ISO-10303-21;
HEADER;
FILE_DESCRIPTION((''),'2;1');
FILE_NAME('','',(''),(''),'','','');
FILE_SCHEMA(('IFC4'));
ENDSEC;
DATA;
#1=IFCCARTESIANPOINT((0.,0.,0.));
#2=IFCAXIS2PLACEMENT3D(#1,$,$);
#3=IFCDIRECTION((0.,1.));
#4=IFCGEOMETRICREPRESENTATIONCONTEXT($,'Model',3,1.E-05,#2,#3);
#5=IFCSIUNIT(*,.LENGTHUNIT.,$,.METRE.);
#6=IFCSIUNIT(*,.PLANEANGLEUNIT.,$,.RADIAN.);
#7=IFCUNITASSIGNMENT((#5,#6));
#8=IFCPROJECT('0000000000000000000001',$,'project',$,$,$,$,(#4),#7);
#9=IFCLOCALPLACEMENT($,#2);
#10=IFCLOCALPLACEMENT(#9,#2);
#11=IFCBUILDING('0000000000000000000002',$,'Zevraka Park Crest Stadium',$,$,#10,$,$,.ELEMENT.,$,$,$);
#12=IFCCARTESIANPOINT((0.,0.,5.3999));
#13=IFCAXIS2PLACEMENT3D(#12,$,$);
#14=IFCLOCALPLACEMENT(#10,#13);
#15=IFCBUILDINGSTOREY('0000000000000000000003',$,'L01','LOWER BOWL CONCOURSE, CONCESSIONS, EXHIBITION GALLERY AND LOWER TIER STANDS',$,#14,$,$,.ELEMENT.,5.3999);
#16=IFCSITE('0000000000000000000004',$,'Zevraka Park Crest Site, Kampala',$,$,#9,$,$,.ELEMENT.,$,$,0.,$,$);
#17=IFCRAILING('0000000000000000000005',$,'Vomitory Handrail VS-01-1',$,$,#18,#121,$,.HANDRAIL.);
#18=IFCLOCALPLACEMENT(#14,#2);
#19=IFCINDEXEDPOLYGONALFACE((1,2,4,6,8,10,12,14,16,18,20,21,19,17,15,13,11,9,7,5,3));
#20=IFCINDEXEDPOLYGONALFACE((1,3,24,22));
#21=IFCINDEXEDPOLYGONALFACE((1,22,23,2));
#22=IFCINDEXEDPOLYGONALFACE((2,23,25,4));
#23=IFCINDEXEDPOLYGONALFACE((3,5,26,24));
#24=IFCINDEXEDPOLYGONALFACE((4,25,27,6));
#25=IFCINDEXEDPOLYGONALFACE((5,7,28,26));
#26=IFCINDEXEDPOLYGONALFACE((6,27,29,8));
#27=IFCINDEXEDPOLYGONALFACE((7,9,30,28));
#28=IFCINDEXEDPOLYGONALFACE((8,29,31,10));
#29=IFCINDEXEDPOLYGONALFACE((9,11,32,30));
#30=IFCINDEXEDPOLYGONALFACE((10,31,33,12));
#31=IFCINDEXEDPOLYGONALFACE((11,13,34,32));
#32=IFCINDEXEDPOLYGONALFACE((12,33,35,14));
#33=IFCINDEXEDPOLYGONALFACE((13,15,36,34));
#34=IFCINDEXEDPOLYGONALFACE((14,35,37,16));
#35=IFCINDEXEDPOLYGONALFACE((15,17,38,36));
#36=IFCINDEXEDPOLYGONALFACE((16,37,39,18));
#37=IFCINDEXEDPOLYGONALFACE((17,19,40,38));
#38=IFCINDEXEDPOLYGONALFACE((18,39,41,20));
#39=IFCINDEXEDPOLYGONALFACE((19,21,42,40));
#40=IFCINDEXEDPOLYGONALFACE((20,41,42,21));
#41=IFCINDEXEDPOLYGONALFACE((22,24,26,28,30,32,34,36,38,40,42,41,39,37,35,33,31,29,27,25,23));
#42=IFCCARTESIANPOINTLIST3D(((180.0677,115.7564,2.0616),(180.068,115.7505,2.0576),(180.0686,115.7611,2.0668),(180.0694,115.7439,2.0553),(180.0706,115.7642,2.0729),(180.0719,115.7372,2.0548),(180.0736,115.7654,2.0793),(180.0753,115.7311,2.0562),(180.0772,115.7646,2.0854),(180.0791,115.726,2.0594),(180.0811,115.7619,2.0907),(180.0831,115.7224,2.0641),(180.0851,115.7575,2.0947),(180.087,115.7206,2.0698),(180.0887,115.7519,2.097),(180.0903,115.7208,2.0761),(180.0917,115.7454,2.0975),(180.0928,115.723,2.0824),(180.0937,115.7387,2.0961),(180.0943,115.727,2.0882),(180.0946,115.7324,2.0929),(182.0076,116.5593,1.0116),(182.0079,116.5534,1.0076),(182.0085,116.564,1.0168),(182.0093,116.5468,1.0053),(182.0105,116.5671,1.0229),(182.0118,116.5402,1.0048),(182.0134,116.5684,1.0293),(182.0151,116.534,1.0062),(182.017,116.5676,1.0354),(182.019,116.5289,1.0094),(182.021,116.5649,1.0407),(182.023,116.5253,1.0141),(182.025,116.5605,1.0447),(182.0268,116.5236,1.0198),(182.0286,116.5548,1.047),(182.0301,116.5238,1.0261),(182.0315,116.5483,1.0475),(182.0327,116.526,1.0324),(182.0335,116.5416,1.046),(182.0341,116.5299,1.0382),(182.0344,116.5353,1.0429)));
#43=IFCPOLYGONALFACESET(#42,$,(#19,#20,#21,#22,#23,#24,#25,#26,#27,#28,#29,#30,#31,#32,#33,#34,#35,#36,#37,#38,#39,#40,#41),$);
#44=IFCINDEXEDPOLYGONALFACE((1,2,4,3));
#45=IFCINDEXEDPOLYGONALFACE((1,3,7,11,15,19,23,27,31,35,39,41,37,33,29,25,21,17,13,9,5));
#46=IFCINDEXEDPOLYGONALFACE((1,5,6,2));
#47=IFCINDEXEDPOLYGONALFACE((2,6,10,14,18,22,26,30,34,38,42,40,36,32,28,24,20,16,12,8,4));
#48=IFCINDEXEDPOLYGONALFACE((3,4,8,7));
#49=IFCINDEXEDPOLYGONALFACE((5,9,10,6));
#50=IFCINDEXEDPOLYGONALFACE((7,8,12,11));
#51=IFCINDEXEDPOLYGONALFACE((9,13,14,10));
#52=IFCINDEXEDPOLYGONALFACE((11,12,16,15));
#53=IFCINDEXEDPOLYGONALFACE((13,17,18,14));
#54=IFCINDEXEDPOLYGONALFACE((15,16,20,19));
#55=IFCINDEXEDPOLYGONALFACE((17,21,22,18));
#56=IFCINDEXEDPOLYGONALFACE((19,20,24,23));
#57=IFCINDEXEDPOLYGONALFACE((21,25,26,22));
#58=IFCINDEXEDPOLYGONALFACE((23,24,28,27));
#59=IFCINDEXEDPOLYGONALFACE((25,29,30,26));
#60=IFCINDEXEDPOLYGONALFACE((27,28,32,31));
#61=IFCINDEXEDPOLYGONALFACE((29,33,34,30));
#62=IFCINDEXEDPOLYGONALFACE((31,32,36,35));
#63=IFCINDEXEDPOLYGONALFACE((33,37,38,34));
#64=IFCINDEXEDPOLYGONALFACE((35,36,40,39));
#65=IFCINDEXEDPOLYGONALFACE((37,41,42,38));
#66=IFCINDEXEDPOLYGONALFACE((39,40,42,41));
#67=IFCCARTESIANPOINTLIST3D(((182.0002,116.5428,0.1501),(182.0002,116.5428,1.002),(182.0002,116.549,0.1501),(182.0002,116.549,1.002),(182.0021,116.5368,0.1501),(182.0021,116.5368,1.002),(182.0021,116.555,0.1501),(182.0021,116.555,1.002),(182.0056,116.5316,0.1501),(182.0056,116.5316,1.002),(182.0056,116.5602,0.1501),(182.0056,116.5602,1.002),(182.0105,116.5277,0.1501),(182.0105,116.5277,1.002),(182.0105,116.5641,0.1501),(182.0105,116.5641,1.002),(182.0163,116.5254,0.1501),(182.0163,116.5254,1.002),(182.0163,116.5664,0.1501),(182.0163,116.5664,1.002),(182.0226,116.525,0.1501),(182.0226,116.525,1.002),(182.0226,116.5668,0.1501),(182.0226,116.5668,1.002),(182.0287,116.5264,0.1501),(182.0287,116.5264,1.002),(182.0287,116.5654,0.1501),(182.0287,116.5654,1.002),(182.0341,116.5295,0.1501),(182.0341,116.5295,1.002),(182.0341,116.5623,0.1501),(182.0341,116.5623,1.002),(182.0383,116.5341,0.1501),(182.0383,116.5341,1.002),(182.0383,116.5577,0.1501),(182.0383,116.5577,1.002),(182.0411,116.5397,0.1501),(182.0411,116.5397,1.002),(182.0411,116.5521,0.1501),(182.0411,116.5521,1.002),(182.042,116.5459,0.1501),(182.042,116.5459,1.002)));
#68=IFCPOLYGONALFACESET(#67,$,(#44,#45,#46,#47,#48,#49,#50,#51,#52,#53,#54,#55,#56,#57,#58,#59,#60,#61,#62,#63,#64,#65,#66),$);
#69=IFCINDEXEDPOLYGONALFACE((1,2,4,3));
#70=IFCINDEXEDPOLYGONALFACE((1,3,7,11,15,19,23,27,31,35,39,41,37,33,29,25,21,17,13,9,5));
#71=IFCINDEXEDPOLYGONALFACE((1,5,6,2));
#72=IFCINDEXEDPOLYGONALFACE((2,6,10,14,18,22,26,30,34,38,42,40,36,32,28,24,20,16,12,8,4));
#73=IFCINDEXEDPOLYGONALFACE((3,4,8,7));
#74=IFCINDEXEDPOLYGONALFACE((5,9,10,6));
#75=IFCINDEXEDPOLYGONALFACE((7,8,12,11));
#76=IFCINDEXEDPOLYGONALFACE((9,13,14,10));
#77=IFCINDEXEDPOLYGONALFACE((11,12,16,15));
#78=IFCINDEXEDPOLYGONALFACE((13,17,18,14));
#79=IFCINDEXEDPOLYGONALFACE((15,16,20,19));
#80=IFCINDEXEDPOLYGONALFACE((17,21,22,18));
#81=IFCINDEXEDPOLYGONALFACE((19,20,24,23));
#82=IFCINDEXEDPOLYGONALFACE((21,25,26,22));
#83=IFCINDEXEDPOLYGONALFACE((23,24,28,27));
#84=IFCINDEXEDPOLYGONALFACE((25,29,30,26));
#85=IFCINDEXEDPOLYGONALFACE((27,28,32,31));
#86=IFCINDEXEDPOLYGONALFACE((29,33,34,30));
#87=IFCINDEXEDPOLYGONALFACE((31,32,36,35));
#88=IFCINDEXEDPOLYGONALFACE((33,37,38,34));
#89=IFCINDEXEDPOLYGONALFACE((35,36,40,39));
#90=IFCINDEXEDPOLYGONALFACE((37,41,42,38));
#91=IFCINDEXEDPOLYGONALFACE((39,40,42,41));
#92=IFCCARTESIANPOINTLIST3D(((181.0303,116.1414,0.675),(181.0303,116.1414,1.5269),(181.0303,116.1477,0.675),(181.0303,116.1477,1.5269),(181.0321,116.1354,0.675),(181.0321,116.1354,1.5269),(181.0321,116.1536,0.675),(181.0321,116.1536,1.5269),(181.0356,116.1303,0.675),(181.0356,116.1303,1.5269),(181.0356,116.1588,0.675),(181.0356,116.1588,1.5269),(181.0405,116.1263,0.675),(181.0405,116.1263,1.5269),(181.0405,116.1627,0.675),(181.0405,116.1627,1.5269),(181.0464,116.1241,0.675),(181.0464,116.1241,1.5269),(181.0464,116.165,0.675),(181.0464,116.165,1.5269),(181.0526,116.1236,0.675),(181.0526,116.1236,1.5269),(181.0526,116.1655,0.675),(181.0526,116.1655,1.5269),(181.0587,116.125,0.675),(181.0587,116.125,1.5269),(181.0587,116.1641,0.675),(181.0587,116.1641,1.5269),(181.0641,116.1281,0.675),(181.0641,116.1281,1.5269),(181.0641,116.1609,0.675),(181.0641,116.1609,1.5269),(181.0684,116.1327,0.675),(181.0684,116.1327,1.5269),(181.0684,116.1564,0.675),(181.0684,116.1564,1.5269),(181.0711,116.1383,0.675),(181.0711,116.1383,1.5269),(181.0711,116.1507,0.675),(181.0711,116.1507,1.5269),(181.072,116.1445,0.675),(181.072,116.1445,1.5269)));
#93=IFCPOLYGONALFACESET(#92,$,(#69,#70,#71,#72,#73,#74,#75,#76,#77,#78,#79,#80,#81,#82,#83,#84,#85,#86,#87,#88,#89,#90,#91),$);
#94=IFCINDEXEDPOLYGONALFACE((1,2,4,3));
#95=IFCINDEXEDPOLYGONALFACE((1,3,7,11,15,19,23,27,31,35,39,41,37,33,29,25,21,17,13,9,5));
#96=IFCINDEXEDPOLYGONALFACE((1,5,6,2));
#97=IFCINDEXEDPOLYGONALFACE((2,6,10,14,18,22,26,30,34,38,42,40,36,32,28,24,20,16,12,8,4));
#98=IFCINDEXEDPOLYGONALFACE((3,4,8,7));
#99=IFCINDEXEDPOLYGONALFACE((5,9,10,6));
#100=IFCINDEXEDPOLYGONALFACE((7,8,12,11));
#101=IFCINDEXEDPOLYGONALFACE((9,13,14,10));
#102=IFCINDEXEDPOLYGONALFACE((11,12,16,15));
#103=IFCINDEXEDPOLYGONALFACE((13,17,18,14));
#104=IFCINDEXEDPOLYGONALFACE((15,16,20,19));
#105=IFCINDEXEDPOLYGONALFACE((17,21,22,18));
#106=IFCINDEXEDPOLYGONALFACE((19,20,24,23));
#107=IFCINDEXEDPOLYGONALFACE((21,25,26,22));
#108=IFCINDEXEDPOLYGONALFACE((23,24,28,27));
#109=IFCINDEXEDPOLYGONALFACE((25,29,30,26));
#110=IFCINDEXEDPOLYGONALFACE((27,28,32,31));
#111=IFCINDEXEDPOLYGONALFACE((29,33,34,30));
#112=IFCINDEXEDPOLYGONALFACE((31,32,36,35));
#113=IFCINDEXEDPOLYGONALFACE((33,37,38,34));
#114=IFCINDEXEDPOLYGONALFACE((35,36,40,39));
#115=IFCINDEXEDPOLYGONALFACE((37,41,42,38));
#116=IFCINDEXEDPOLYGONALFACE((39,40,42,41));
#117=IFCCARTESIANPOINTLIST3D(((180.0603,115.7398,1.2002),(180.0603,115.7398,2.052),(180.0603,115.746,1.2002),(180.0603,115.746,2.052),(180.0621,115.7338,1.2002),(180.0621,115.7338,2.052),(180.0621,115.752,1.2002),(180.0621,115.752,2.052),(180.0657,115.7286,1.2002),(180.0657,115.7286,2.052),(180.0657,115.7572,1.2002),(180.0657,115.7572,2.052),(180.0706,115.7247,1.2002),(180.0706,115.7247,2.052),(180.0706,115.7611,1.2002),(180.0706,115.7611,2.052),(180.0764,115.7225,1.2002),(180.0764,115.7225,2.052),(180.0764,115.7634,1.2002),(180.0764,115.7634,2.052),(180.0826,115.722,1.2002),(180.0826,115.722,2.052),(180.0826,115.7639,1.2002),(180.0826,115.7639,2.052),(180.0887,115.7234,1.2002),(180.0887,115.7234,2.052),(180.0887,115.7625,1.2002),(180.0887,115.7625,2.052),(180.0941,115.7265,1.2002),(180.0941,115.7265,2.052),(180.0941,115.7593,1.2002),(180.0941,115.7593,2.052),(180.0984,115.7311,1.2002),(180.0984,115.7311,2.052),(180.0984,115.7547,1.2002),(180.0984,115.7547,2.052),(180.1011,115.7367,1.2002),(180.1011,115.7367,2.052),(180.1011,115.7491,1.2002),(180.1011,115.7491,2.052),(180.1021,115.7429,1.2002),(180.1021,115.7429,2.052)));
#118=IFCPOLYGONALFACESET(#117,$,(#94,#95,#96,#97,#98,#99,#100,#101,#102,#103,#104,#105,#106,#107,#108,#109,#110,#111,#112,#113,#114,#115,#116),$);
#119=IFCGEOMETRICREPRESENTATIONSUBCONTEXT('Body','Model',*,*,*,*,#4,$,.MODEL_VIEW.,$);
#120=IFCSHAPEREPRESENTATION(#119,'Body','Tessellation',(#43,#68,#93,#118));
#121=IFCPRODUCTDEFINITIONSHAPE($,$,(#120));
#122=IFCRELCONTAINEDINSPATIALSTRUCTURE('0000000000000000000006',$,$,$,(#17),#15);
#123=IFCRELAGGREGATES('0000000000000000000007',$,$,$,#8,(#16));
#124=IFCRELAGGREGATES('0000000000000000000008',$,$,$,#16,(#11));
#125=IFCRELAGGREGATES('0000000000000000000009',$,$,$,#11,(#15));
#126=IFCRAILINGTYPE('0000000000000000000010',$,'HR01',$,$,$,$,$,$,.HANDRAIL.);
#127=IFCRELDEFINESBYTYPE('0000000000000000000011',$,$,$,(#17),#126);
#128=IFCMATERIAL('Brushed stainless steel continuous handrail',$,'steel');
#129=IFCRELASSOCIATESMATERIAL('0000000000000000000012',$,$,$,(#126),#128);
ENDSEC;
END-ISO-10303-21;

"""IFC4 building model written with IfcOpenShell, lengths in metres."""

from ifc_helpers import new_model, si_unit, direction, frame, origin, origin_2d, place, context, subcontext, project, spatial, circle, extrude, material, type_object, element, save


model = new_model("IFC4")

# Units and contexts
model_context = context("Model", 3, precision=1e-05, world=origin(), true_north=direction((0.0, 1.0)))
body_context = subcontext(model_context, "Body", "Model", "MODEL_VIEW")
ifc_project = project(units=[si_unit("LENGTHUNIT", "METRE"), si_unit("PLANEANGLEUNIT", "RADIAN")], contexts=[model_context])

# Site, building, storey
site_placement = place(None, origin())
site = spatial("IfcSite", under=ifc_project, at=site_placement, Name="Zevraka Park Crest Site, Kampala", CompositionType="ELEMENT", RefElevation=0.0)
building_placement = place(site_placement, origin())
building = spatial("IfcBuilding", under=site, at=building_placement, Name="Zevraka Park Crest Stadium", CompositionType="ELEMENT")
storey_placement = place(building_placement, frame((0.0, 0.0, 5.3999)))
storey = spatial("IfcBuildingStorey", under=building, at=storey_placement, Name="L01", Description="LOWER BOWL CONCOURSE, CONCESSIONS, EXHIBITION GALLERY AND LOWER TIER STANDS", CompositionType="ELEMENT", Elevation=5.3999)

# Railing
ifc_material_1 = material(Name="Brushed stainless steel continuous handrail", Category="steel")
railing_type_1 = type_object("IfcRailingType", Name="HR01", PredefinedType="HANDRAIL", material=ifc_material_1)
railing_1_placement = place(storey_placement, frame((182.021, 116.5459, 0.1501)))
element("IfcRailing", 1, at=railing_1_placement, inside=storey, type_object=railing_type_1, Name="Vomitory Handrail VS-01-1", PredefinedType="HANDRAIL", context=body_context, shape_type="SweptSolid", body=[
    extrude(circle(Radius=0.0239, at=origin_2d()), frame((0.0, 0.0, 0.876), z_axis=(-0.826387, -0.342057, 0.447305), x_axis=(0.382451, -0.923976, 0.0)), (0.0, 0.0, 1.0), 2.3474),
    extrude(circle(Radius=0.021, at=origin_2d()), origin(), (0.0, 0.0, 1.0), 0.8518),
    extrude(circle(Radius=0.021, at=origin_2d()), frame((-0.97, -0.4014, 0.5249)), (0.0, 0.0, 1.0), 0.8518),
    extrude(circle(Radius=0.021, at=origin_2d()), frame((-1.9399, -0.803, 1.05)), (0.0, 0.0, 1.0), 0.8518),
])

save(model, "model.ifc")
